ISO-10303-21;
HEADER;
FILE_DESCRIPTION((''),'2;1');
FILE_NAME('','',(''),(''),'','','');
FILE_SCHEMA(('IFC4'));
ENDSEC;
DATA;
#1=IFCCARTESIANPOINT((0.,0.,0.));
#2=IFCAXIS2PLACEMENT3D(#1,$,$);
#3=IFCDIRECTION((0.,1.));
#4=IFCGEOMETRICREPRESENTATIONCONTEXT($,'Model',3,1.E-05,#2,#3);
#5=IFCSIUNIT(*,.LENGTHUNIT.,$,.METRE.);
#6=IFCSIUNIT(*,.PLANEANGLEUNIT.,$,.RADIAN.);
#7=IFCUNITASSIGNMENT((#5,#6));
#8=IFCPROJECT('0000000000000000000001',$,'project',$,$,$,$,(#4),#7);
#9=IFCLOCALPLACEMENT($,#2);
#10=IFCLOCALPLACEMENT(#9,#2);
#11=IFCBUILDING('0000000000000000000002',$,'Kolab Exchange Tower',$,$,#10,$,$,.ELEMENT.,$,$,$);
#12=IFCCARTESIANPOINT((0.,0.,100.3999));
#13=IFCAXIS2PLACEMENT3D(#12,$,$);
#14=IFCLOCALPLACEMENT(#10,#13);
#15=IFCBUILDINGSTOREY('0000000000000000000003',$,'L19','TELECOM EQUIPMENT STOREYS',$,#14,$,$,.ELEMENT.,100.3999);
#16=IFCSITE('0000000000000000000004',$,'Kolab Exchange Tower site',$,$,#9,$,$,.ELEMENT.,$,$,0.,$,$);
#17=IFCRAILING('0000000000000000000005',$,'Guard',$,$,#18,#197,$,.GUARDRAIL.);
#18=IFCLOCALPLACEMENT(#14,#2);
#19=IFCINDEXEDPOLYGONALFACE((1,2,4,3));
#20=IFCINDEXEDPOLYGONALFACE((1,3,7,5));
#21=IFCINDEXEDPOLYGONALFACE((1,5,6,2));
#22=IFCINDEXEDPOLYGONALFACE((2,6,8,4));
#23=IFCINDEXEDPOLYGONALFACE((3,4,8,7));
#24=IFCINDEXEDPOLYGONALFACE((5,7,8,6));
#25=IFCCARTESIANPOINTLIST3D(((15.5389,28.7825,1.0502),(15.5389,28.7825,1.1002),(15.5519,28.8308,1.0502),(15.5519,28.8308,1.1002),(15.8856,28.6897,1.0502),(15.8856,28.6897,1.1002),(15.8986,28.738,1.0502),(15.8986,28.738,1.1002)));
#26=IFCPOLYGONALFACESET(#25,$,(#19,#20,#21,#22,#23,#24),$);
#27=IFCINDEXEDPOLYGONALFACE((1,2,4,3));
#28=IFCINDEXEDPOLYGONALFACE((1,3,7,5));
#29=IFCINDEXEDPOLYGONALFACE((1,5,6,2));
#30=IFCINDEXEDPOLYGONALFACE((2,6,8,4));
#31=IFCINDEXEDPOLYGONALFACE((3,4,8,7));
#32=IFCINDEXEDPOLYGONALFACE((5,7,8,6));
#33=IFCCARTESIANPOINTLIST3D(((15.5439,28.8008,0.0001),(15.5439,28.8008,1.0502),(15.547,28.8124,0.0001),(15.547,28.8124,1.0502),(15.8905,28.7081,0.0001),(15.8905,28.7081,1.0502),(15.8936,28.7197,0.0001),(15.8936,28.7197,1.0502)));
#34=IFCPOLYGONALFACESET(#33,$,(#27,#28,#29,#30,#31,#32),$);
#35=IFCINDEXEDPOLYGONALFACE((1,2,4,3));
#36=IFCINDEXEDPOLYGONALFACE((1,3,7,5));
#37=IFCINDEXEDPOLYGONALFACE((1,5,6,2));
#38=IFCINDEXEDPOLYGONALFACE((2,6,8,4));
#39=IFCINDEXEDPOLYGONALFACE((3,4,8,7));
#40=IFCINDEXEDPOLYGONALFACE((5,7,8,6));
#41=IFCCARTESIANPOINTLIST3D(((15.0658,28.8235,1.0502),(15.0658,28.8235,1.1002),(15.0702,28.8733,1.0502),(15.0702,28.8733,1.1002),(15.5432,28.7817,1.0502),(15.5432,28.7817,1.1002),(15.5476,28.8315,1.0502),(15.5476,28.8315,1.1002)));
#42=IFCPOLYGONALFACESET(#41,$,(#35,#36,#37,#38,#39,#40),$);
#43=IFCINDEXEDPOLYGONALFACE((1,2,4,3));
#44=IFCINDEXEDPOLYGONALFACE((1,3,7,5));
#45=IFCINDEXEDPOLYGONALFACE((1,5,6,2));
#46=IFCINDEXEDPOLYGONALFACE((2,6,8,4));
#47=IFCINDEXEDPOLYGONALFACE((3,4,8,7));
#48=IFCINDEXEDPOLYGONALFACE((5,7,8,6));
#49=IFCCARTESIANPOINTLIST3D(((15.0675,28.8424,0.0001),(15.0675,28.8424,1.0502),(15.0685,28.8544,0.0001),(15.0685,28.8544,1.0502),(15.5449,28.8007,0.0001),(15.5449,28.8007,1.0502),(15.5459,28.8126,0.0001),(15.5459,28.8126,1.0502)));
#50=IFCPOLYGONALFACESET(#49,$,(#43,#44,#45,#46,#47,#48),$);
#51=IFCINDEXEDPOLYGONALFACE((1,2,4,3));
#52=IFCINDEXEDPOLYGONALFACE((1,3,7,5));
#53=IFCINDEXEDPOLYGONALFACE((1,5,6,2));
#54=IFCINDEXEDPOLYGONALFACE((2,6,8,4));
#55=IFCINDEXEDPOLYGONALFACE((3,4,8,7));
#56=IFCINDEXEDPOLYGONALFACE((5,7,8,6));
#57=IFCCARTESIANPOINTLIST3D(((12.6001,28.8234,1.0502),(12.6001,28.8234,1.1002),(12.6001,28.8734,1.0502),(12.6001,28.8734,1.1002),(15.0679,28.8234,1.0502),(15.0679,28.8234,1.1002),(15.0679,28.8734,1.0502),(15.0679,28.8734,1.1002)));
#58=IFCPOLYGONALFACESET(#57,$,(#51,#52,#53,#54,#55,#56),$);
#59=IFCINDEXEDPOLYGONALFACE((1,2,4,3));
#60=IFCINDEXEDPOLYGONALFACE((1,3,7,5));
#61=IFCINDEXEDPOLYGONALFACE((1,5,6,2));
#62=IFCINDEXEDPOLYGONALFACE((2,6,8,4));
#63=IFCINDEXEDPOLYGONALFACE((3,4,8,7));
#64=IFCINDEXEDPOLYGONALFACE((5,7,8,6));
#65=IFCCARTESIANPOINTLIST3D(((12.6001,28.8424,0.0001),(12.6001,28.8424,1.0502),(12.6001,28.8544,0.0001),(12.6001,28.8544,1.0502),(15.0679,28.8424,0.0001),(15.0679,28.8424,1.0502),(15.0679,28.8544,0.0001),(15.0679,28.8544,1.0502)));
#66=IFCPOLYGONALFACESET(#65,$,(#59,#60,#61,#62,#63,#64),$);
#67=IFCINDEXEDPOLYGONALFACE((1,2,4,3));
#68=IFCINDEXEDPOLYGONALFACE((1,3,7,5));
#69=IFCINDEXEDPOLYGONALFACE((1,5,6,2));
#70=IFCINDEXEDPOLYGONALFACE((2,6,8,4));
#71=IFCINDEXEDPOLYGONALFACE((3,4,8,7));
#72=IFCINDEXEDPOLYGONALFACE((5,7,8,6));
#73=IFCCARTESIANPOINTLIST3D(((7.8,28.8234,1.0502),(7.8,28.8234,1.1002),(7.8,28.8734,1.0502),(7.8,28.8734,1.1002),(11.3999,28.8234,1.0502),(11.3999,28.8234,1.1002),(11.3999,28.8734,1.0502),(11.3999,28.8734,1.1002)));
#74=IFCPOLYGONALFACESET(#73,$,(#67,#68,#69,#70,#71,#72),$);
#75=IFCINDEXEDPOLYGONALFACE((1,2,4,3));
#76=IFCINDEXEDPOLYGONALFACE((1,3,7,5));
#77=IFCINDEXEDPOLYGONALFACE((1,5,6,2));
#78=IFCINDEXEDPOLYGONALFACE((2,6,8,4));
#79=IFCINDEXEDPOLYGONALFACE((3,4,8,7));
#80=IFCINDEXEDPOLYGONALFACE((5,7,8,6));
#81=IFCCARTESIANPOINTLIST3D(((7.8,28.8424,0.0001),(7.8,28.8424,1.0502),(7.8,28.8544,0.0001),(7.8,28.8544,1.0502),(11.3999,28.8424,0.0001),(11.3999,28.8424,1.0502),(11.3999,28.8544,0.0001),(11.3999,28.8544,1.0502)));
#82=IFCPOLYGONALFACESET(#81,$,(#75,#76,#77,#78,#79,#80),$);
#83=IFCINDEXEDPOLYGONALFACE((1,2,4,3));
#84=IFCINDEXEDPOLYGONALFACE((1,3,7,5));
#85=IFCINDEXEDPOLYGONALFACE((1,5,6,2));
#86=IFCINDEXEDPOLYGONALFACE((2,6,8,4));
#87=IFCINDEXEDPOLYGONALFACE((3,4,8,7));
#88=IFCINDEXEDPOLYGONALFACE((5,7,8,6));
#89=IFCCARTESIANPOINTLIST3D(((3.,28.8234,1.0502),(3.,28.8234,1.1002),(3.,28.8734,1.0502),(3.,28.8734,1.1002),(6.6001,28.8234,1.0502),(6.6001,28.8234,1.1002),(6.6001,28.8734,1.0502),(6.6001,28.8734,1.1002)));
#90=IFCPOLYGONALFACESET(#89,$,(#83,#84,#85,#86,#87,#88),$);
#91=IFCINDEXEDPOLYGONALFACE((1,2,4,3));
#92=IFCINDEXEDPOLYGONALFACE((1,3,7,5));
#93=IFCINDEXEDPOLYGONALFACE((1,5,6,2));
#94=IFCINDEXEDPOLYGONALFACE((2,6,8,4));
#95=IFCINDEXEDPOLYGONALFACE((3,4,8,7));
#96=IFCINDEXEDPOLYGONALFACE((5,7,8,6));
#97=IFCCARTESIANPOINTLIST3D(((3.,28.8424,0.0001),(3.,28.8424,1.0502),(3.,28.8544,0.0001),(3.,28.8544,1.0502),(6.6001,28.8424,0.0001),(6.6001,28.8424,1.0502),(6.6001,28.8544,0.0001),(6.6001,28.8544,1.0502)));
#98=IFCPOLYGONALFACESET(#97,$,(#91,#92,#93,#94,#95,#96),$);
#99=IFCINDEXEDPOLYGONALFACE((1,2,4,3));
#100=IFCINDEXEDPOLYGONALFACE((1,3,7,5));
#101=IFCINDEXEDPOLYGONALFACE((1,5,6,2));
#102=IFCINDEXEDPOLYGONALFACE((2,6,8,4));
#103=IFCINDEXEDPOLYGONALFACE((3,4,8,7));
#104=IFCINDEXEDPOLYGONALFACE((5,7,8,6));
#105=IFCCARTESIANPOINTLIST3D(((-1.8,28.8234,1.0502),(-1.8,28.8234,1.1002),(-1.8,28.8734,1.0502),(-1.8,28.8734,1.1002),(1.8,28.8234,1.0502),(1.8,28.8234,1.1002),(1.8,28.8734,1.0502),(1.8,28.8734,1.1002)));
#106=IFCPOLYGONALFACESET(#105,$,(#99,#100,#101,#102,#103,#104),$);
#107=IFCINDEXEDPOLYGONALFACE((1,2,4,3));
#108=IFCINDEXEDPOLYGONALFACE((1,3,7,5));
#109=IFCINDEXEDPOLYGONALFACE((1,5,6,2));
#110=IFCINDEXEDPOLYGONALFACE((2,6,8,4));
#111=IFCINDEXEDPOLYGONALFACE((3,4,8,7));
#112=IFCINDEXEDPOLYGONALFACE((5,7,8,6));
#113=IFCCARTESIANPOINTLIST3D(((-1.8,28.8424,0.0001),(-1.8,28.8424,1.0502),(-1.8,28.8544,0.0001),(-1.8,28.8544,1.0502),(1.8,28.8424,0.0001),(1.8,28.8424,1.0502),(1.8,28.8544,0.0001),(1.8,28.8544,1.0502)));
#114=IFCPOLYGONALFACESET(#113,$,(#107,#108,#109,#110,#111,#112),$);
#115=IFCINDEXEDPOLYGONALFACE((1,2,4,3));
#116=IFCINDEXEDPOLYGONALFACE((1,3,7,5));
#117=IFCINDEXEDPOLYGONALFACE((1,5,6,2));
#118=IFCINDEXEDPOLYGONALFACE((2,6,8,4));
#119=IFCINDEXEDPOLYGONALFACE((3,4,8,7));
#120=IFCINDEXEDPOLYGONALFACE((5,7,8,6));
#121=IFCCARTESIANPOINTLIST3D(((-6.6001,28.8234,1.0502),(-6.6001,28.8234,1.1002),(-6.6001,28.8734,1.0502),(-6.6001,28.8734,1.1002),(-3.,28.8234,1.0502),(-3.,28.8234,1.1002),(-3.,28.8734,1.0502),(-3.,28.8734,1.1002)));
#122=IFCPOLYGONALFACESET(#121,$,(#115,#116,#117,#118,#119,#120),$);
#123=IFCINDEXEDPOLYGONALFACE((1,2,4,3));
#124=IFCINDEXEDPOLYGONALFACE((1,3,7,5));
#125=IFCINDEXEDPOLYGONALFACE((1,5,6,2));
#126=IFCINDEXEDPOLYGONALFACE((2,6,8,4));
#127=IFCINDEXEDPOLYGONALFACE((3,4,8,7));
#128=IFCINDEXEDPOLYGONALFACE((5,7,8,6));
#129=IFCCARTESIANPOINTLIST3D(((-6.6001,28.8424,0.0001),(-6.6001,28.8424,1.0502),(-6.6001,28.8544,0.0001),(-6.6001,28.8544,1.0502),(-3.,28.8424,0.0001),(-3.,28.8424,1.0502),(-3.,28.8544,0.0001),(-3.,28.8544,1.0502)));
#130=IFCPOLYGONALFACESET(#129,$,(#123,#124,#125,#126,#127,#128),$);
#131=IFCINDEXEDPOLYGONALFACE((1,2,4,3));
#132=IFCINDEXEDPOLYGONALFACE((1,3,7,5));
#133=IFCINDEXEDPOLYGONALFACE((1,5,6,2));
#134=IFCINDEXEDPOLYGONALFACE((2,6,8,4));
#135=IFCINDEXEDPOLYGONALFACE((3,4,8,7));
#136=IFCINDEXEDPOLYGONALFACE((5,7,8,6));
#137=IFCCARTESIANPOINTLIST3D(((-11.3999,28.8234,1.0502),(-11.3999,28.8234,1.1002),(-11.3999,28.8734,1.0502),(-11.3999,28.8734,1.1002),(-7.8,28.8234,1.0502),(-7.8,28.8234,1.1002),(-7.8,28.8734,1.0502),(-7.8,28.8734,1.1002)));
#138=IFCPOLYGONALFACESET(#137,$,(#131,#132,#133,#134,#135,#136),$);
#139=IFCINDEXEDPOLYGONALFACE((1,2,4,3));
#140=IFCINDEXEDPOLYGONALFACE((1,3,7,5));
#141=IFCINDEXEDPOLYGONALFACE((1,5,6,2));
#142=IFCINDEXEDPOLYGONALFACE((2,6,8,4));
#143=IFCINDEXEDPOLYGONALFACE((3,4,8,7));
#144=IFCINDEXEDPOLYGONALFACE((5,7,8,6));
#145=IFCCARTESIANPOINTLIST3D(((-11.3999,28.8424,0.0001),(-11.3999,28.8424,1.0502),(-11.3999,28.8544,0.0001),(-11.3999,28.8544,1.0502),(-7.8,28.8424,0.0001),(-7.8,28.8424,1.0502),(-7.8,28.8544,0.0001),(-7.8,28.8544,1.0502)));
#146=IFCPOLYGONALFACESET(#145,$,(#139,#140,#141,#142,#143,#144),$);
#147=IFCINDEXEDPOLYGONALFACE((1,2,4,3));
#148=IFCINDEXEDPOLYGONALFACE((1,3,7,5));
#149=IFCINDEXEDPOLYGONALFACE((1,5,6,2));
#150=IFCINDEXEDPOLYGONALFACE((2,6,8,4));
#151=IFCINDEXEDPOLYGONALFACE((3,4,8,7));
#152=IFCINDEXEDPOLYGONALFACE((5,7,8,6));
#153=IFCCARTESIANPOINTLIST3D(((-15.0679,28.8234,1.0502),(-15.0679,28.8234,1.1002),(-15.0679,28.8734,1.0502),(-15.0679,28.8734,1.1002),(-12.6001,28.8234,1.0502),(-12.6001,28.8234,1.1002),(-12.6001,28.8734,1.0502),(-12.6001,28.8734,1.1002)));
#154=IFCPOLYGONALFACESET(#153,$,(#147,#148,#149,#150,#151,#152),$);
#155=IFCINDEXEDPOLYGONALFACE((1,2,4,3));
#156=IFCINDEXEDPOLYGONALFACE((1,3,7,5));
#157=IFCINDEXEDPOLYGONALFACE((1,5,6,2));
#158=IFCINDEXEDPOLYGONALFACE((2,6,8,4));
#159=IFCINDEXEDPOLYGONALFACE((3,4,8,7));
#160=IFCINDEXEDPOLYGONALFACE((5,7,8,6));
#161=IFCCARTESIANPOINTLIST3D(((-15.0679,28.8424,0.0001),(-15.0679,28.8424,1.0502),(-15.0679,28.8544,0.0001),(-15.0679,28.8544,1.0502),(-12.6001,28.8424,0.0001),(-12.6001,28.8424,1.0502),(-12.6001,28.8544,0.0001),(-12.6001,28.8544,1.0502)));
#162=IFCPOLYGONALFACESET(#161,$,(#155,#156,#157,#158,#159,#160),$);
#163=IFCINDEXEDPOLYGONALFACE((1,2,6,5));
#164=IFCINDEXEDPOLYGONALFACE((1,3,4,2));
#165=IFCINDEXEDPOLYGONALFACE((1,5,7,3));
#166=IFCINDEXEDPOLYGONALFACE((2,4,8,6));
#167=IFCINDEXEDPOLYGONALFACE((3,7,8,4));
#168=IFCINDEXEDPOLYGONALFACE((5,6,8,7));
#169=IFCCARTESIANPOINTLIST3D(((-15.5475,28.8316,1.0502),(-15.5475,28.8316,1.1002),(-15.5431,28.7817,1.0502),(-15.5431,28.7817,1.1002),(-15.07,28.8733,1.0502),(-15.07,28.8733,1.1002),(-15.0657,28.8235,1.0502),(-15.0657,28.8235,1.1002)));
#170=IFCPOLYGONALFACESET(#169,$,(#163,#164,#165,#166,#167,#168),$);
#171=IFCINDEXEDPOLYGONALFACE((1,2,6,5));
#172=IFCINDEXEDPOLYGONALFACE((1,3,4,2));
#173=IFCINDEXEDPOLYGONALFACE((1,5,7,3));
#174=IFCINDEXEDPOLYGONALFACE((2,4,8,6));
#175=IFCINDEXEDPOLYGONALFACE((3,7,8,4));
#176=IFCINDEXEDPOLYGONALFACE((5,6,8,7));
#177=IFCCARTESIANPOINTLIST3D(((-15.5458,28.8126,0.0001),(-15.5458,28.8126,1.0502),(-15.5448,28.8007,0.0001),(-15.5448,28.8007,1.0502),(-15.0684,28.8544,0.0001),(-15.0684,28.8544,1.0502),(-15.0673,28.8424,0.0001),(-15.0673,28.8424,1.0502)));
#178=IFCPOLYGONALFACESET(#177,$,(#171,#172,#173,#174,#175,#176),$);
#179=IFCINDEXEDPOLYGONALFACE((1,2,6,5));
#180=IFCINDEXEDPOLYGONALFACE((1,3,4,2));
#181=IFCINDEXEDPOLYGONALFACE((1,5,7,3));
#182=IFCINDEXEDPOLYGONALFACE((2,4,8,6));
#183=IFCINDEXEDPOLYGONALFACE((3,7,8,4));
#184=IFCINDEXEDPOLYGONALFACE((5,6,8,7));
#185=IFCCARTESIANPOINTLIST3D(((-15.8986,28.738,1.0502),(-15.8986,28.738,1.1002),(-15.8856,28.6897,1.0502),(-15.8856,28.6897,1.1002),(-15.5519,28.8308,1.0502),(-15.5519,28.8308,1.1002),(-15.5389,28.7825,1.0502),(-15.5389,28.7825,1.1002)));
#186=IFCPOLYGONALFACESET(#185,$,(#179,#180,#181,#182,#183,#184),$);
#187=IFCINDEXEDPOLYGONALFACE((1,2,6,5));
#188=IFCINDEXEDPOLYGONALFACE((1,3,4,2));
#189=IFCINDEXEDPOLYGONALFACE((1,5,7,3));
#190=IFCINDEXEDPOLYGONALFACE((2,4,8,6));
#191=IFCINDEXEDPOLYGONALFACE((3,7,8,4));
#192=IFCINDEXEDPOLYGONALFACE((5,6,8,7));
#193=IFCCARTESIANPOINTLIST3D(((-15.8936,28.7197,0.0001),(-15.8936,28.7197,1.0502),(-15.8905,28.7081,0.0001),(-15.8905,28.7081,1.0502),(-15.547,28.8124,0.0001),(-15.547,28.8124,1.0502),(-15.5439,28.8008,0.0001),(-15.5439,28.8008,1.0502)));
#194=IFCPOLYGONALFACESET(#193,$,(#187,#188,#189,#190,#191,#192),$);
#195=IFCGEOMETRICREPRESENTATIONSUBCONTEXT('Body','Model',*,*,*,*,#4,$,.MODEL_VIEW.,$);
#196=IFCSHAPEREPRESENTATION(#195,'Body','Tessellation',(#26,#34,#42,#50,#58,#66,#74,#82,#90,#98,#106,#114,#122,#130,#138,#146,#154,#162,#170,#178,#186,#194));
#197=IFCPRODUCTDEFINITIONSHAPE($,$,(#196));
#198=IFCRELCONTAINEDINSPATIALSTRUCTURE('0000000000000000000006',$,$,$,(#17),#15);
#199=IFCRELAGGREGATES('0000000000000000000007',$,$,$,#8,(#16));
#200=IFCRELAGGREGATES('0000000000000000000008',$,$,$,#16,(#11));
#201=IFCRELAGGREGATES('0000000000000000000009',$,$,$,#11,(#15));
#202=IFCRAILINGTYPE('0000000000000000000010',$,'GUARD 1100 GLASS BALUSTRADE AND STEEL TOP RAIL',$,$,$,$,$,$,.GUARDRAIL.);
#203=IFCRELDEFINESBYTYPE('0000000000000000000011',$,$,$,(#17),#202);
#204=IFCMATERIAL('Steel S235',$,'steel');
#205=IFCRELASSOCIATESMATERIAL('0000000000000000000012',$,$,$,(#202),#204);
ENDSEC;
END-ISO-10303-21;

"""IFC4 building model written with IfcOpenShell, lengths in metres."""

from ifc_helpers import new_model, si_unit, direction, frame, frame_2d, origin, origin_2d, place, context, subcontext, project, spatial, rectangle, extrude, material, type_object, element, save


model = new_model("IFC4")

# Units and contexts
model_context = context("Model", 3, precision=1e-05, world=origin(), true_north=direction((0.0, 1.0)))
body_context = subcontext(model_context, "Body", "Model", "MODEL_VIEW")
ifc_project = project(units=[si_unit("LENGTHUNIT", "METRE"), si_unit("PLANEANGLEUNIT", "RADIAN")], contexts=[model_context])

# Site, building, storey
site_placement = place(None, origin())
site = spatial("IfcSite", under=ifc_project, at=site_placement, Name="Kolab Exchange Tower site", CompositionType="ELEMENT", RefElevation=0.0)
building_placement = place(site_placement, origin())
building = spatial("IfcBuilding", under=site, at=building_placement, Name="Kolab Exchange Tower", CompositionType="ELEMENT")
storey_placement = place(building_placement, frame((0.0, 0.0, 100.3999)))
storey = spatial("IfcBuildingStorey", under=building, at=storey_placement, Name="L19", Description="TELECOM EQUIPMENT STOREYS", CompositionType="ELEMENT", Elevation=100.3999)

# Railing
ifc_material_1 = material(Name="Steel S235", Category="steel")
railing_type = type_object("IfcRailingType", Name="GUARD 1100 GLASS BALUSTRADE AND STEEL TOP RAIL", PredefinedType="GUARDRAIL", material=ifc_material_1)
railing_placement = place(storey_placement, frame((15.8921, 28.7139, 0.0)))
element("IfcRailing", 1, at=railing_placement, inside=storey, type_object=railing_type, Name="Guard", PredefinedType="GUARDRAIL", context=body_context, shape_type="SweptSolid", body=[
    extrude(rectangle(XDim=0.05, YDim=0.05, at=origin_2d()), frame((0.0, 0.0, 1.0752), z_axis=(-0.966009, 0.258509, 0.0), x_axis=(-0.258509, -0.966009, 0.0)), (0.0, 0.0, 1.0), 0.3589),
    extrude(rectangle(XDim=0.012, YDim=1.0501, at=frame_2d((0.0, 0.5251))), frame((0.0, 0.0, 0.0), z_axis=(-0.966009, 0.258509, 0.0), x_axis=(-0.258509, -0.966009, 0.0)), (0.0, 0.0, 1.0), 0.3589),
    extrude(rectangle(XDim=0.05, YDim=0.05, at=origin_2d()), frame((-0.3467, 0.0928, 1.0752), z_axis=(-0.9962, 0.087091, 0.0), x_axis=(-0.087091, -0.9962, 0.0)), (0.0, 0.0, 1.0), 0.4792),
    extrude(rectangle(XDim=0.012, YDim=1.0501, at=frame_2d((0.0, 0.5251))), frame((-0.3467, 0.0928, 0.0), z_axis=(-0.9962, 0.087091, 0.0), x_axis=(-0.087091, -0.9962, 0.0)), (0.0, 0.0, 1.0), 0.4792),
    extrude(rectangle(XDim=0.05, YDim=0.05, at=origin_2d()), frame((-0.8242, 0.1345, 1.0752), z_axis=(-1.0, 0.0, 0.0), x_axis=(0.0, -1.0, 0.0)), (0.0, 0.0, 1.0), 2.4678),
    extrude(rectangle(XDim=0.012, YDim=1.0501, at=frame_2d((0.0, 0.5251))), frame((-0.8242, 0.1345, 0.0), z_axis=(-1.0, 0.0, 0.0), x_axis=(0.0, -1.0, 0.0)), (0.0, 0.0, 1.0), 2.4678),
    extrude(rectangle(XDim=0.05, YDim=0.05, at=origin_2d()), frame((-4.4922, 0.1345, 1.0752), z_axis=(-1.0, 0.0, 0.0), x_axis=(0.0, -1.0, 0.0)), (0.0, 0.0, 1.0), 3.5999),
    extrude(rectangle(XDim=0.012, YDim=1.0501, at=frame_2d((0.0, 0.5251))), frame((-4.4922, 0.1345, 0.0), z_axis=(-1.0, 0.0, 0.0), x_axis=(0.0, -1.0, 0.0)), (0.0, 0.0, 1.0), 3.5999),
    extrude(rectangle(XDim=0.05, YDim=0.05, at=origin_2d()), frame((-9.292, 0.1345, 1.0752), z_axis=(-1.0, 0.0, 0.0), x_axis=(0.0, -1.0, 0.0)), (0.0, 0.0, 1.0), 3.6001),
    extrude(rectangle(XDim=0.012, YDim=1.0501, at=frame_2d((0.0, 0.5251))), frame((-9.292, 0.1345, 0.0), z_axis=(-1.0, 0.0, 0.0), x_axis=(0.0, -1.0, 0.0)), (0.0, 0.0, 1.0), 3.6001),
    extrude(rectangle(XDim=0.05, YDim=0.05, at=origin_2d()), frame((-14.092, 0.1345, 1.0752), z_axis=(-1.0, 0.0, 0.0), x_axis=(0.0, -1.0, 0.0)), (0.0, 0.0, 1.0), 3.6001),
    extrude(rectangle(XDim=0.012, YDim=1.0501, at=frame_2d((0.0, 0.5251))), frame((-14.092, 0.1345, 0.0), z_axis=(-1.0, 0.0, 0.0), x_axis=(0.0, -1.0, 0.0)), (0.0, 0.0, 1.0), 3.6001),
    extrude(rectangle(XDim=0.05, YDim=0.05, at=origin_2d()), frame((-18.8921, 0.1345, 1.0752), z_axis=(-1.0, 0.0, 0.0), x_axis=(0.0, -1.0, 0.0)), (0.0, 0.0, 1.0), 3.6001),
    extrude(rectangle(XDim=0.012, YDim=1.0501, at=frame_2d((0.0, 0.5251))), frame((-18.8921, 0.1345, 0.0), z_axis=(-1.0, 0.0, 0.0), x_axis=(0.0, -1.0, 0.0)), (0.0, 0.0, 1.0), 3.6001),
    extrude(rectangle(XDim=0.05, YDim=0.05, at=origin_2d()), frame((-23.6921, 0.1345, 1.0752), z_axis=(-1.0, 0.0, 0.0), x_axis=(0.0, -1.0, 0.0)), (0.0, 0.0, 1.0), 3.5999),
    extrude(rectangle(XDim=0.012, YDim=1.0501, at=frame_2d((0.0, 0.5251))), frame((-23.6921, 0.1345, 0.0), z_axis=(-1.0, 0.0, 0.0), x_axis=(0.0, -1.0, 0.0)), (0.0, 0.0, 1.0), 3.5999),
    extrude(rectangle(XDim=0.05, YDim=0.05, at=origin_2d()), frame((-28.4922, 0.1345, 1.0752), z_axis=(-1.0, 0.0, 0.0), x_axis=(0.0, -1.0, 0.0)), (0.0, 0.0, 1.0), 2.4678),
    extrude(rectangle(XDim=0.012, YDim=1.0501, at=frame_2d((0.0, 0.5251))), frame((-28.4922, 0.1345, 0.0), z_axis=(-1.0, 0.0, 0.0), x_axis=(0.0, -1.0, 0.0)), (0.0, 0.0, 1.0), 2.4678),
    extrude(rectangle(XDim=0.05, YDim=0.05, at=origin_2d()), frame((-30.96, 0.1345, 1.0752), z_axis=(-0.9962, -0.087091, 0.0), x_axis=(0.087091, -0.9962, 0.0)), (0.0, 0.0, 1.0), 0.4792),
    extrude(rectangle(XDim=0.012, YDim=1.0501, at=frame_2d((0.0, 0.5251))), frame((-30.96, 0.1345, 0.0), z_axis=(-0.9962, -0.087091, 0.0), x_axis=(0.087091, -0.9962, 0.0)), (0.0, 0.0, 1.0), 0.4792),
    extrude(rectangle(XDim=0.05, YDim=0.05, at=origin_2d()), frame((-31.4375, 0.0928, 1.0752), z_axis=(-0.966009, -0.258509, 0.0), x_axis=(0.258509, -0.966009, 0.0)), (0.0, 0.0, 1.0), 0.3589),
    extrude(rectangle(XDim=0.012, YDim=1.0501, at=frame_2d((0.0, 0.5251))), frame((-31.4375, 0.0928, 0.0), z_axis=(-0.966009, -0.258509, 0.0), x_axis=(0.258509, -0.966009, 0.0)), (0.0, 0.0, 1.0), 0.3589),
])

save(model, "model.ifc")
